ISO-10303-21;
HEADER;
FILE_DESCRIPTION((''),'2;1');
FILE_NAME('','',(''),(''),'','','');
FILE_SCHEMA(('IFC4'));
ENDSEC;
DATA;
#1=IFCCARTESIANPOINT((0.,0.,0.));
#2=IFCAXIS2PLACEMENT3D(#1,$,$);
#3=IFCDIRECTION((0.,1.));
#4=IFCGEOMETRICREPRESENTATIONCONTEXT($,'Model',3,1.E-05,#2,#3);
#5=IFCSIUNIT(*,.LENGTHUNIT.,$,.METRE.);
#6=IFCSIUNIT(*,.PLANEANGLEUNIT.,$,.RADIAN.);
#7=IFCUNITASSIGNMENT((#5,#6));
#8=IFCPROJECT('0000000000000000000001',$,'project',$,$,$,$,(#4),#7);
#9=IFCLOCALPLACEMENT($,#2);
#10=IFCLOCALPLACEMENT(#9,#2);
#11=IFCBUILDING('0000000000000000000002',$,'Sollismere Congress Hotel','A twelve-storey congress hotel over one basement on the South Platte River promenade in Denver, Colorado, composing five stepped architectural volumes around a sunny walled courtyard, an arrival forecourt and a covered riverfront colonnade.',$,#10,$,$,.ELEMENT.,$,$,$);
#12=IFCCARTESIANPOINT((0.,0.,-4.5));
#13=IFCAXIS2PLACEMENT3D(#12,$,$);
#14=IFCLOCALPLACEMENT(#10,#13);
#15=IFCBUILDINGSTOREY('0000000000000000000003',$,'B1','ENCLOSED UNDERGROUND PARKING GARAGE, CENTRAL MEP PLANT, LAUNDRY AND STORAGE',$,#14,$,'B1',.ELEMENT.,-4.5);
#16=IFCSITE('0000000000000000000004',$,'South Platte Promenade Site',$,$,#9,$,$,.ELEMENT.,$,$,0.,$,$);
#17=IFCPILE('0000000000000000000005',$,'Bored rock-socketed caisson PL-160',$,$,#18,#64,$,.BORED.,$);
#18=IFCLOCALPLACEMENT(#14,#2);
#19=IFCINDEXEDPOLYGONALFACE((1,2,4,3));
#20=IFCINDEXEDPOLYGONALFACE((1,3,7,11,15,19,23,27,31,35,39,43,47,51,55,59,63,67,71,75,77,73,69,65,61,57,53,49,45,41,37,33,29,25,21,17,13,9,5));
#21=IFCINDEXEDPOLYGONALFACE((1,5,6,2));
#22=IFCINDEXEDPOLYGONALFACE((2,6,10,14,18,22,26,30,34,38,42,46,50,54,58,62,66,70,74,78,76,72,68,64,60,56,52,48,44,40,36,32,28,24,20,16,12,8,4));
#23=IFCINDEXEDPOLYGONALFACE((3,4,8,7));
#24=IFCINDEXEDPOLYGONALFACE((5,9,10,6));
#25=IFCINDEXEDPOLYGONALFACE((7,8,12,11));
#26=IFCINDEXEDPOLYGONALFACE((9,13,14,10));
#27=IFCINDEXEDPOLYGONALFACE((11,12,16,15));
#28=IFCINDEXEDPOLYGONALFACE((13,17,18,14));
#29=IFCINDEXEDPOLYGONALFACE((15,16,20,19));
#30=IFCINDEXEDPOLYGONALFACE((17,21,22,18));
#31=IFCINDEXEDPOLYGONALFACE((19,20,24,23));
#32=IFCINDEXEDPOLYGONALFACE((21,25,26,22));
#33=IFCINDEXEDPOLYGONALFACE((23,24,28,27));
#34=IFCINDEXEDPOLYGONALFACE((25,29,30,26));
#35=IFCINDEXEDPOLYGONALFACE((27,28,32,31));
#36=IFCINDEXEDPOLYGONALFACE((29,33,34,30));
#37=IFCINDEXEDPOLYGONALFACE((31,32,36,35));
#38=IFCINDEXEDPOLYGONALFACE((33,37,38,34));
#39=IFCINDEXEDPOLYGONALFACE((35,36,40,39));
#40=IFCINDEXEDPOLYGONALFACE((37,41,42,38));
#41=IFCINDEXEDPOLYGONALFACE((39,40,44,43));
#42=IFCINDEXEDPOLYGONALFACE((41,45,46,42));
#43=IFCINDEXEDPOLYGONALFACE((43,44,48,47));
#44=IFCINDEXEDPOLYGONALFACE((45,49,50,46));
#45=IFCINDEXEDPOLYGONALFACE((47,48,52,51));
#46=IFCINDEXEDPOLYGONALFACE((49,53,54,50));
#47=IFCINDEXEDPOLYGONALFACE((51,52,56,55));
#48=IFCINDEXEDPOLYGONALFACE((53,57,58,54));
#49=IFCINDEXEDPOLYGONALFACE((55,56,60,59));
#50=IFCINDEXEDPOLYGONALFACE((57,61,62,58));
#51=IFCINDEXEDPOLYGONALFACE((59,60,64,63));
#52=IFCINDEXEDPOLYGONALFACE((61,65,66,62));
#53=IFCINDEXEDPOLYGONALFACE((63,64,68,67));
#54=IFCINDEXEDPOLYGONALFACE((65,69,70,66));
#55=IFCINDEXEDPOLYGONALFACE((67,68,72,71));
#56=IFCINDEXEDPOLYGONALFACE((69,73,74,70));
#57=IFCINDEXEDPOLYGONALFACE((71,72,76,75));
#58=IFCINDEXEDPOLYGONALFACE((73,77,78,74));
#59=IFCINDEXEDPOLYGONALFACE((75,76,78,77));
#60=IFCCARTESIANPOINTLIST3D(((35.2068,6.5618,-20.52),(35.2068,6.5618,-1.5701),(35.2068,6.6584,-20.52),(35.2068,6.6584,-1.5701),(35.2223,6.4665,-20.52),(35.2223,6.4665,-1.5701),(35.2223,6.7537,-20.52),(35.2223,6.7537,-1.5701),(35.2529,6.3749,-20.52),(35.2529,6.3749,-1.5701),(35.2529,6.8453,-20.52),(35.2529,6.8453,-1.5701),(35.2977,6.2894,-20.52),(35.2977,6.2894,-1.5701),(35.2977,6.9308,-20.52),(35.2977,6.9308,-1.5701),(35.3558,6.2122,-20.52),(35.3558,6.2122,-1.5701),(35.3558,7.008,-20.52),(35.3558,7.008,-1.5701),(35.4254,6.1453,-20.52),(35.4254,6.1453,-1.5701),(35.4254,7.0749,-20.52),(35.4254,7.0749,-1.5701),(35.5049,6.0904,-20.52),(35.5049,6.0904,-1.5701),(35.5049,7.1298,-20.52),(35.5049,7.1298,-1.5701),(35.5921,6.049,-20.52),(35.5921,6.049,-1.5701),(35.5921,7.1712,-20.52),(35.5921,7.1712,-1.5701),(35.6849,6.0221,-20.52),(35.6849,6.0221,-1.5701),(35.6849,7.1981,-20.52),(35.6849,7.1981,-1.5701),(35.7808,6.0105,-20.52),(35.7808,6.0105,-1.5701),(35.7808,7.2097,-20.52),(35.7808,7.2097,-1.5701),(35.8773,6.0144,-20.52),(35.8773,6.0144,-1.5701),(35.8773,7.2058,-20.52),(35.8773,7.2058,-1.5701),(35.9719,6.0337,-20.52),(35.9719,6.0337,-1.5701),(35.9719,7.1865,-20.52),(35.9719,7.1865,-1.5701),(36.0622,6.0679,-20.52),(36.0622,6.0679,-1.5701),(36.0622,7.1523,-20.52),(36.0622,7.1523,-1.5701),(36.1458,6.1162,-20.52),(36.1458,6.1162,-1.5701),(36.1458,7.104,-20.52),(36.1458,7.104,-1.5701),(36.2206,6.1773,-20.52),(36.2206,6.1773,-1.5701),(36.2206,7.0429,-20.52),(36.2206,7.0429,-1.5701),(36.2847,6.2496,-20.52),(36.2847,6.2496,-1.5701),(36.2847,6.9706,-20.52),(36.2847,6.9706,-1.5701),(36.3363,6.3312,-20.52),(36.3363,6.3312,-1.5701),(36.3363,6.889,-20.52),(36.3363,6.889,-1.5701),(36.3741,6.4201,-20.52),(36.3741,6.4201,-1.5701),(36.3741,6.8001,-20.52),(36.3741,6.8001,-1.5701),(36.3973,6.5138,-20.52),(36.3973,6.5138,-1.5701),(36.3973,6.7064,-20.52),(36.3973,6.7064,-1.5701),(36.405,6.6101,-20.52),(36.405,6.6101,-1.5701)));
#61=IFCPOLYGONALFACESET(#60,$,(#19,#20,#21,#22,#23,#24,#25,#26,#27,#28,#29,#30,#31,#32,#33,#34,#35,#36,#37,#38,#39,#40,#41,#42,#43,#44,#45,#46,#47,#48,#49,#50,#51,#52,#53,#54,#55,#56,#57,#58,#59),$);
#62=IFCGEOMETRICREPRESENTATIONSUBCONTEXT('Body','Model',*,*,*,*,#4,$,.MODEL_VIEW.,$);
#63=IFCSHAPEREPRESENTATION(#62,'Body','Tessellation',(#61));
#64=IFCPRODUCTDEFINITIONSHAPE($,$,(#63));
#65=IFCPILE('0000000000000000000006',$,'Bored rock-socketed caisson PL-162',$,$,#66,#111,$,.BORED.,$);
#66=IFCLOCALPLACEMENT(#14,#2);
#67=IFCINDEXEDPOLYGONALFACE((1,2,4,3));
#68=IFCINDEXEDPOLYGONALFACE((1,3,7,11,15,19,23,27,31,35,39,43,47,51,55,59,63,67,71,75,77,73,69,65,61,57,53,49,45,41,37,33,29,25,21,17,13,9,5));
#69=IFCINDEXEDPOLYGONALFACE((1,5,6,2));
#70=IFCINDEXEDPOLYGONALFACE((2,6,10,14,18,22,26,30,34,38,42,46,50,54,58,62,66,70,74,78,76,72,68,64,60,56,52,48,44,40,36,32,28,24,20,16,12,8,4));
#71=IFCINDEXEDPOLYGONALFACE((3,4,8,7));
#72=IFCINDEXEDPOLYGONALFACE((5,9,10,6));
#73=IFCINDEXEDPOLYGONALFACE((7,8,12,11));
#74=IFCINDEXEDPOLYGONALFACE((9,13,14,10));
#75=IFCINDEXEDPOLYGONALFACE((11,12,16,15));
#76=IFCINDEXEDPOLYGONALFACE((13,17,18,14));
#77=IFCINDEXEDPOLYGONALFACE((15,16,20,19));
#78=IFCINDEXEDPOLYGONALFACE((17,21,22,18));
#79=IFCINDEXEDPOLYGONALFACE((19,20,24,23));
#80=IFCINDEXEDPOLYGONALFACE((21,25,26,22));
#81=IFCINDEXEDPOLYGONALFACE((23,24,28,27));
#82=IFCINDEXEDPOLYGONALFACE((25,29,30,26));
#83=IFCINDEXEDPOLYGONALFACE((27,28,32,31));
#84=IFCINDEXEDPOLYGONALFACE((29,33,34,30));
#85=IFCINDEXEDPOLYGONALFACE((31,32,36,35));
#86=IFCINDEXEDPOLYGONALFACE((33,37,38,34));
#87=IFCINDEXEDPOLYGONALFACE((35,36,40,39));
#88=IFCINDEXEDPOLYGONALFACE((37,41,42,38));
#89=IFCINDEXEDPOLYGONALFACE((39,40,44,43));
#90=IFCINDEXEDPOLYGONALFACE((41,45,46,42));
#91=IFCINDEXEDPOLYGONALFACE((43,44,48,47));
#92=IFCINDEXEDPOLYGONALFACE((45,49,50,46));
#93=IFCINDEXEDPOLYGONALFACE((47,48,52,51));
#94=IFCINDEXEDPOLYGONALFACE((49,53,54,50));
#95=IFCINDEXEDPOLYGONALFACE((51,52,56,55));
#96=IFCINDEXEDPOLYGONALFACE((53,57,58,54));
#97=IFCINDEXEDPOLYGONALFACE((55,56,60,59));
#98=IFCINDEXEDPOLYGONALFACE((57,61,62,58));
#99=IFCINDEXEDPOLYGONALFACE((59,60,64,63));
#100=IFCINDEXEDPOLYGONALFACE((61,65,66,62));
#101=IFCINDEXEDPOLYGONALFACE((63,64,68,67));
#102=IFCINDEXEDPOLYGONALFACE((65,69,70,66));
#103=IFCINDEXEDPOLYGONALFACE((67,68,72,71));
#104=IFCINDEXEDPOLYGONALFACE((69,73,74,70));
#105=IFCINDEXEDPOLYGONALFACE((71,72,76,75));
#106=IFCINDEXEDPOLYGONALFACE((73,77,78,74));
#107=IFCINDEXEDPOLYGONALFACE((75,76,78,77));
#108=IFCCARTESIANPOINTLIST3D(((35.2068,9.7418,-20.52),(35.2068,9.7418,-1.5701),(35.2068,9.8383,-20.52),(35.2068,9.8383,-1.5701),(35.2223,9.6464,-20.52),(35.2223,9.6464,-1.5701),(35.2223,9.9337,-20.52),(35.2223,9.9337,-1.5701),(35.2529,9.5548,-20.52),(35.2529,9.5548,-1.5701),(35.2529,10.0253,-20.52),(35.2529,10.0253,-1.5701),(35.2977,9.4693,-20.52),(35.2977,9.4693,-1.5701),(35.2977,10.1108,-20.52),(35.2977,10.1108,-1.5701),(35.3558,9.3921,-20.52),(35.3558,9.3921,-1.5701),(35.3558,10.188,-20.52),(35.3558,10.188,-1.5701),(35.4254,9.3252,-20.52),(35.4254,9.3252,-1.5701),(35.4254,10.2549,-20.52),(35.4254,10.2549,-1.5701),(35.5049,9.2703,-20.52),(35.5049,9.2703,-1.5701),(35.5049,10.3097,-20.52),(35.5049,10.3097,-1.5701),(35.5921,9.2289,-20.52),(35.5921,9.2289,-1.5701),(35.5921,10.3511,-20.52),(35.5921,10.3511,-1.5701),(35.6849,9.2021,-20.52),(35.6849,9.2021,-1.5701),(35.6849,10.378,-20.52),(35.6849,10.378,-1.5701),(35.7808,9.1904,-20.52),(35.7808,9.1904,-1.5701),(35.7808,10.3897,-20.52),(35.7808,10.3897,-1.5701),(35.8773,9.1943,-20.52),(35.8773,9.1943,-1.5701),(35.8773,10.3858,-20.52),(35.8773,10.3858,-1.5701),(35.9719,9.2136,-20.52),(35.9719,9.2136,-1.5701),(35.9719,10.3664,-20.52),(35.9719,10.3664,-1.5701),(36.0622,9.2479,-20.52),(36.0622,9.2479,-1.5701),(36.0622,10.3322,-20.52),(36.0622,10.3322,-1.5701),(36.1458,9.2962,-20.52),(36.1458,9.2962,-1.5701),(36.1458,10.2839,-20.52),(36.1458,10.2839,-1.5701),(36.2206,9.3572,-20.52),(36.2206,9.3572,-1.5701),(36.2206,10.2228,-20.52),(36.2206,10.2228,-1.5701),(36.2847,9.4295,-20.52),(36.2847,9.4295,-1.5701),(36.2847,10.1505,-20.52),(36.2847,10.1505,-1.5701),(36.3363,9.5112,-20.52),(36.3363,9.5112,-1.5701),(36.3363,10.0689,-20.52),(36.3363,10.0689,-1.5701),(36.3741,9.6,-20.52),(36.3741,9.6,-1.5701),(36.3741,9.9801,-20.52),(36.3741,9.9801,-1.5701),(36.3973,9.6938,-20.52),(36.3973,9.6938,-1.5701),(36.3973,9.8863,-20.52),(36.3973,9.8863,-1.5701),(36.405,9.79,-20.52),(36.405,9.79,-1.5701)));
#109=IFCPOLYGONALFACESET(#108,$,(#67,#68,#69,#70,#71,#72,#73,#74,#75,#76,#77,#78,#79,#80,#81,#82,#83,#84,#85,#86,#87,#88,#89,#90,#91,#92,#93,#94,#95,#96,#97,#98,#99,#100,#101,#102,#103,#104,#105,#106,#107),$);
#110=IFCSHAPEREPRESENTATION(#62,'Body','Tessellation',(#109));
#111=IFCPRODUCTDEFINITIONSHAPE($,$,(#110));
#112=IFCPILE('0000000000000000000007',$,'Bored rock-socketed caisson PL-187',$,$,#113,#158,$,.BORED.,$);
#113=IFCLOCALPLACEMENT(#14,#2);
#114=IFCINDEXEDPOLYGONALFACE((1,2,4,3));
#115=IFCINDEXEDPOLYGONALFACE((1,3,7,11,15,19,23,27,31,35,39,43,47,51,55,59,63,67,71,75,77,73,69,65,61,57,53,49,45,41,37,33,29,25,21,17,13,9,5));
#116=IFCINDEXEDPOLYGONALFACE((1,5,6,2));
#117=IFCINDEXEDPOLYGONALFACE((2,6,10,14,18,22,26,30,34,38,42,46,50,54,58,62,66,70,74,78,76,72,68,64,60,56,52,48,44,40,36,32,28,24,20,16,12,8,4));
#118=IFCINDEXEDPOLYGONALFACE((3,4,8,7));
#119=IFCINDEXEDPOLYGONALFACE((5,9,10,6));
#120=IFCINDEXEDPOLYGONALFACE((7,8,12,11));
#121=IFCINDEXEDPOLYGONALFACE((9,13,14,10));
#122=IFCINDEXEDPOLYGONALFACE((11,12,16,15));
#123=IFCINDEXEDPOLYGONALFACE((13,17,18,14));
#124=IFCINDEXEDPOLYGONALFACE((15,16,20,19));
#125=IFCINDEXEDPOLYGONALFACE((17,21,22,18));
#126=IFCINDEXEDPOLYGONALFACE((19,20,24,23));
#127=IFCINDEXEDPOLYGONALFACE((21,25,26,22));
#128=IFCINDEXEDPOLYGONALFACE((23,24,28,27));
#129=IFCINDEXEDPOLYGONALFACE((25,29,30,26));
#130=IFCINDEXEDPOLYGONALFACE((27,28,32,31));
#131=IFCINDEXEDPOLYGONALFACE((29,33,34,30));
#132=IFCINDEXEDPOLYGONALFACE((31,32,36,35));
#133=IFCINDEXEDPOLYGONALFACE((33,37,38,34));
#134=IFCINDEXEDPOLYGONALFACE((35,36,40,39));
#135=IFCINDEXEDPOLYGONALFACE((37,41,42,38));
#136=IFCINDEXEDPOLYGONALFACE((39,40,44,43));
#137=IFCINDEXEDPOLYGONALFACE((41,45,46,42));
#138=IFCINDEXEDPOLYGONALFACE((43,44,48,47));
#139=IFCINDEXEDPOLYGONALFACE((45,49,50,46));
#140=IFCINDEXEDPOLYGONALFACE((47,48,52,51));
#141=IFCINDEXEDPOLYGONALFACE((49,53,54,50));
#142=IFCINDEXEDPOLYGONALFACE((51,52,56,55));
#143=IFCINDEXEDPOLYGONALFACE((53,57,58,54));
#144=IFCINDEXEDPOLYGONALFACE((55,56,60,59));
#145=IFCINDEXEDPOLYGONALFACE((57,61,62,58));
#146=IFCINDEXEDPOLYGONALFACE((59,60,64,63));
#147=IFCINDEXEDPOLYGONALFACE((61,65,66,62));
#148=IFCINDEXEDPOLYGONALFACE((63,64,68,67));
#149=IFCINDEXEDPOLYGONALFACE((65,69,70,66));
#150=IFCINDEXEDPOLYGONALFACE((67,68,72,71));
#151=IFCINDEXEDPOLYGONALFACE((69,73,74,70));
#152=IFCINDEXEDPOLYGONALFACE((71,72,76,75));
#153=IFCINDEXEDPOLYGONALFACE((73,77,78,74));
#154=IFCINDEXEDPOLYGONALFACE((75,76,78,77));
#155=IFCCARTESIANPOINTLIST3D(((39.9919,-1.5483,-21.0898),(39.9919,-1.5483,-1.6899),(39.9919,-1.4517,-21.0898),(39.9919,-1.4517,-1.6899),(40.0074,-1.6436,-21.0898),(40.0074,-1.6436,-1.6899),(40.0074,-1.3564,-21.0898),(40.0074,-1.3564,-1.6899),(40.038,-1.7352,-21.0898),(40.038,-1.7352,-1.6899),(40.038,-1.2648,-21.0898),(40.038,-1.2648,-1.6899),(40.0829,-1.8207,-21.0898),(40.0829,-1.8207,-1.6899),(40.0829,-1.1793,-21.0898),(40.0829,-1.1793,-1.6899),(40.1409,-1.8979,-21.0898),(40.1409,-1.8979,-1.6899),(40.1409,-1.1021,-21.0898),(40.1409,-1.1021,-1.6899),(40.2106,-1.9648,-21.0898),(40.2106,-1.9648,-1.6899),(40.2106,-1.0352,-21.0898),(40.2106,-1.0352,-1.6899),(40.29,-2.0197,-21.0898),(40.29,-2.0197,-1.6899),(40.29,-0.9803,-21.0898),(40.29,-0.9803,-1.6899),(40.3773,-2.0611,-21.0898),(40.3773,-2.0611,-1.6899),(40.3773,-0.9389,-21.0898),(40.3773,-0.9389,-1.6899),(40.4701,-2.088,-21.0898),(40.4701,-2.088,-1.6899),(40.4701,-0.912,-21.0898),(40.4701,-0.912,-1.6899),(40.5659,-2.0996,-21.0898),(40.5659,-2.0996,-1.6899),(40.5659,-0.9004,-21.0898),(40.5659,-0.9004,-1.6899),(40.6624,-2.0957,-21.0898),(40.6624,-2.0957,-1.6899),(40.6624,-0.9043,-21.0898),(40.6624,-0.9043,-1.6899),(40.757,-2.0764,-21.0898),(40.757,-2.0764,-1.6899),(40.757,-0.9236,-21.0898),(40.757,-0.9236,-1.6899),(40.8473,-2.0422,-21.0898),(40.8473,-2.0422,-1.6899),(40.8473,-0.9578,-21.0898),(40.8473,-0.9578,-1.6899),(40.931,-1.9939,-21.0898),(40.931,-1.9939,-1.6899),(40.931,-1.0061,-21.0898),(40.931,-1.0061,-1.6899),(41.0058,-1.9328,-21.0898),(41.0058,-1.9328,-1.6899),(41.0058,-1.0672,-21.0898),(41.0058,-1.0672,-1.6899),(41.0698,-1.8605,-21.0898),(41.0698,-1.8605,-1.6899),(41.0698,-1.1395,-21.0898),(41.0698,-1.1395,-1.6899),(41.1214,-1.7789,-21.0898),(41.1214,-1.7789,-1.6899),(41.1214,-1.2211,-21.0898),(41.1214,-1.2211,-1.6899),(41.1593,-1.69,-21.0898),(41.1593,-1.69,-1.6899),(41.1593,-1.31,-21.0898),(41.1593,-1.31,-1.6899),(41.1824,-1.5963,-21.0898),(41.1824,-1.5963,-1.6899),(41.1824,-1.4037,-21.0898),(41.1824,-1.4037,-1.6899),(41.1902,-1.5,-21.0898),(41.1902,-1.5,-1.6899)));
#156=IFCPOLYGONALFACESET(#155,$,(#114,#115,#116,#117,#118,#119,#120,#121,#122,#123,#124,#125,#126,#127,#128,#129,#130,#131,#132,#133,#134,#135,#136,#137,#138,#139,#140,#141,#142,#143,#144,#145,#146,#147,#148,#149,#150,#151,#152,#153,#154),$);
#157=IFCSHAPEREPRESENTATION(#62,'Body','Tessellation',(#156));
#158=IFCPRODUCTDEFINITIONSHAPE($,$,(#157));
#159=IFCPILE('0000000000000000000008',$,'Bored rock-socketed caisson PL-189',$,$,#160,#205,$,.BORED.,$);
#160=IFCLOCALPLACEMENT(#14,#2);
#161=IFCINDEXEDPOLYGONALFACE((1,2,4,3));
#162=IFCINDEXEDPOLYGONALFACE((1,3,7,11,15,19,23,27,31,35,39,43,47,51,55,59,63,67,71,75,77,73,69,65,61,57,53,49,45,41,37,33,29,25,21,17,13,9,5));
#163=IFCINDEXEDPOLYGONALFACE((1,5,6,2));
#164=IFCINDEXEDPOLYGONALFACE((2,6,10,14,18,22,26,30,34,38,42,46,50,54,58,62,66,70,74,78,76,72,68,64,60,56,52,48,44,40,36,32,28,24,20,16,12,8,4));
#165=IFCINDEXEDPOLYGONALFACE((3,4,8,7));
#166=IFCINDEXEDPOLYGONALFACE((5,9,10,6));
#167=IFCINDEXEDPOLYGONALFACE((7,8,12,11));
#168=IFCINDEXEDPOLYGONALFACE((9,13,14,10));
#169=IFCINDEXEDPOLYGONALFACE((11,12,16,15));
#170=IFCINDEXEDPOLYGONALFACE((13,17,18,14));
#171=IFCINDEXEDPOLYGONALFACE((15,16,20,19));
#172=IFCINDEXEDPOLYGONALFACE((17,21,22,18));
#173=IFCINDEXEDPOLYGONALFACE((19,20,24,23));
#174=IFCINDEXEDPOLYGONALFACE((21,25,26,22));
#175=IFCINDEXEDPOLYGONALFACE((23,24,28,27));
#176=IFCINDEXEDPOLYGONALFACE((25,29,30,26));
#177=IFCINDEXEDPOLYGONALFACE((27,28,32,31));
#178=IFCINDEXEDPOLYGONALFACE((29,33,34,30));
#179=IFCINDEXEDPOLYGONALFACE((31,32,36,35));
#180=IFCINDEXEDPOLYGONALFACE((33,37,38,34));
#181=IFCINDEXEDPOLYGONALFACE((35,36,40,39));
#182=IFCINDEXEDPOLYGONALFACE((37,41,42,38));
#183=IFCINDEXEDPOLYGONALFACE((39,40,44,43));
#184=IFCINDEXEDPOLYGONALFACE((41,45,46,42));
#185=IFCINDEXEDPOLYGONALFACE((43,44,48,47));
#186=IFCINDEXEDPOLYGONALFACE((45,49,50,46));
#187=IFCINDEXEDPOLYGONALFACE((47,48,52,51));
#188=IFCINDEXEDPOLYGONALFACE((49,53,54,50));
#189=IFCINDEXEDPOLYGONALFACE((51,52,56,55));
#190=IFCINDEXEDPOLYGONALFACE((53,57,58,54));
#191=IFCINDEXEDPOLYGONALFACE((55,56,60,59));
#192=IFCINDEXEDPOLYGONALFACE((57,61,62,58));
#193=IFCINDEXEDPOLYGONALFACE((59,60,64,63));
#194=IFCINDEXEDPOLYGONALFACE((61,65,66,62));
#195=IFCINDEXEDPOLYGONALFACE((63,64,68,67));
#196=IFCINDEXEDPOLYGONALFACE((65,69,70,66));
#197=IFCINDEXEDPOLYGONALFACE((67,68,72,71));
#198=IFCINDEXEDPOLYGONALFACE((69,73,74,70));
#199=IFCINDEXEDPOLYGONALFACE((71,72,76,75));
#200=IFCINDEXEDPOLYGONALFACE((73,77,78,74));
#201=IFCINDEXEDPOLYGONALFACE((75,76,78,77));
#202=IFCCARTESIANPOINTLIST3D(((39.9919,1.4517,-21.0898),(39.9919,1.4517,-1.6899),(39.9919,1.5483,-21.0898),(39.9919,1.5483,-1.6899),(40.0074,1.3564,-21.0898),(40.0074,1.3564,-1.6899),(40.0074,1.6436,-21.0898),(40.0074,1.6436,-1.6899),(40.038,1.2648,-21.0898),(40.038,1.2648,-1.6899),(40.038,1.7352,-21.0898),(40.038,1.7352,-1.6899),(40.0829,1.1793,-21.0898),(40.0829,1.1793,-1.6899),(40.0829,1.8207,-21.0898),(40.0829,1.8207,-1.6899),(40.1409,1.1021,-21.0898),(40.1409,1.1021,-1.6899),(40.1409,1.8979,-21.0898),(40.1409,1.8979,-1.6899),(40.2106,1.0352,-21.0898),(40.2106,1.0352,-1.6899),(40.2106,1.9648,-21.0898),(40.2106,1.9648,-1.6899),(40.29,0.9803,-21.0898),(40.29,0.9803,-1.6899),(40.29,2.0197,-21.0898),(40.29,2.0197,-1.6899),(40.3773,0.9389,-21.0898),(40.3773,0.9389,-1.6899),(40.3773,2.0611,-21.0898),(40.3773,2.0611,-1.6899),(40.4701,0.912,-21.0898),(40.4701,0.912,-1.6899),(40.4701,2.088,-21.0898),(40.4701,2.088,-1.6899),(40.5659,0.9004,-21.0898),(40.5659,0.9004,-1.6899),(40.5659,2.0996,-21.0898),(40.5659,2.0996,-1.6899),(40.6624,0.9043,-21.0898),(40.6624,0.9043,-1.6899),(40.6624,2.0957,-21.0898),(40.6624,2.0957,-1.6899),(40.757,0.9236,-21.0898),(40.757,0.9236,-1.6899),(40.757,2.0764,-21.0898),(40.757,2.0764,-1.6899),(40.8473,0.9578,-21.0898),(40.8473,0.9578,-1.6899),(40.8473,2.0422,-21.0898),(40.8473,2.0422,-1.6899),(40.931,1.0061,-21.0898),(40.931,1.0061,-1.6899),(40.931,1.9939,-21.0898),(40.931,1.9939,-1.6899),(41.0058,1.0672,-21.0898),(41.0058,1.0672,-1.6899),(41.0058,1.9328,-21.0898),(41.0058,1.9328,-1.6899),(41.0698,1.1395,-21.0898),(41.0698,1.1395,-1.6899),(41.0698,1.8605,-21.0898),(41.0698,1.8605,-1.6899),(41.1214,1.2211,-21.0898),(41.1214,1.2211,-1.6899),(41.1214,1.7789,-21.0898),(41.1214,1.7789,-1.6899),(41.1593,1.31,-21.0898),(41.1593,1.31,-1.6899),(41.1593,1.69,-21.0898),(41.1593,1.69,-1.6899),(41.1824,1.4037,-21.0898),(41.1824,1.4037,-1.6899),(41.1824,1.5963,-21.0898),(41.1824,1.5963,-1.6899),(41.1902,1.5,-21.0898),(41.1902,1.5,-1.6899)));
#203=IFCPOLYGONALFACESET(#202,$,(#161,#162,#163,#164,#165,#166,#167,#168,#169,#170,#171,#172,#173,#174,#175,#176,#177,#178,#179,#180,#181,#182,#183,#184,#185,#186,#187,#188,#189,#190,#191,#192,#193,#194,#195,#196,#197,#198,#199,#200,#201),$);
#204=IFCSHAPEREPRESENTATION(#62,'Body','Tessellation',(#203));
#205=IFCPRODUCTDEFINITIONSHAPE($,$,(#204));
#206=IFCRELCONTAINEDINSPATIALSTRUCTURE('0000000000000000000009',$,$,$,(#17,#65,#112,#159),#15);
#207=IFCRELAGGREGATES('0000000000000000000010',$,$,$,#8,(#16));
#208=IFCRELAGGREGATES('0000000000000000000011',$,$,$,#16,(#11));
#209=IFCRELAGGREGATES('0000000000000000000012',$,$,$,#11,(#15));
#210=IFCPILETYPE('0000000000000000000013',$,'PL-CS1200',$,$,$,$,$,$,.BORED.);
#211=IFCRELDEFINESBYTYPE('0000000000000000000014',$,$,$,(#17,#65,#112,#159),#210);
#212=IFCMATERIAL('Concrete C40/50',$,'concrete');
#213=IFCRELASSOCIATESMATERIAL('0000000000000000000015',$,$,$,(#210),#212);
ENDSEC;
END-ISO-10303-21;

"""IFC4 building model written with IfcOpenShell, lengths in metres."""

from ifc_helpers import new_model, si_unit, direction, frame, origin, origin_2d, place, context, subcontext, project, spatial, circle, extrude, material, material_profile, profile_set, type_object, element, save


model = new_model("IFC4")

# Units and contexts
model_context = context("Model", 3, precision=1e-05, world=origin(), true_north=direction((0.0, 1.0)))
body_context = subcontext(model_context, "Body", "Model", "MODEL_VIEW")
ifc_project = project(units=[si_unit("LENGTHUNIT", "METRE"), si_unit("PLANEANGLEUNIT", "RADIAN")], contexts=[model_context])

# Site, building, storey
site_placement = place(None, origin())
site = spatial("IfcSite", under=ifc_project, at=site_placement, Name="South Platte Promenade Site", CompositionType="ELEMENT", RefElevation=0.0)
building_placement = place(site_placement, origin())
building = spatial("IfcBuilding", under=site, at=building_placement, Name="Sollismere Congress Hotel", Description="A twelve-storey congress hotel over one basement on the South Platte River promenade in Denver, Colorado, composing five stepped architectural volumes around a sunny walled courtyard, an arrival forecourt and a covered riverfront colonnade.", CompositionType="ELEMENT")
storey_placement = place(building_placement, frame((0.0, 0.0, -4.5)))
storey = spatial("IfcBuildingStorey", under=building, at=storey_placement, Name="B1", Description="ENCLOSED UNDERGROUND PARKING GARAGE, CENTRAL MEP PLANT, LAUNDRY AND STORAGE", LongName="B1", CompositionType="ELEMENT", Elevation=-4.5)

# Shared definitions
ifc_material_1 = material(Name="Concrete C40/50", Category="concrete")

# Piles
ifc_material_profile_1 = material_profile(ifc_material_1, circle(Radius=0.6001, at=origin_2d()), Name="CAISSON1200")
ifc_profile_set_1 = profile_set([ifc_material_profile_1], Name="Concrete C40/50")
pile_type = type_object("IfcPileType", Name="PL-CS1200", PredefinedType="BORED", material=ifc_profile_set_1)
for number, where, z_axis, x_axis, name in (
    (1, (35.8049, 6.6101, -1.5701), (0.0, 0.0, -1.0), (1.0, 0.0, 0.0), "Bored rock-socketed caisson PL-160"),
    (2, (35.8049, 9.79, -1.5701), (0.0, 0.0, -1.0), (1.0, 0.0, 0.0), "Bored rock-socketed caisson PL-162"),
):
    element("IfcPile", number, at=place(storey_placement, frame(where, z_axis=z_axis, x_axis=x_axis)), inside=storey, type_object=pile_type, Name=name, PredefinedType="BORED", context=body_context, shape_type="SweptSolid", body=[
        extrude(circle(Radius=0.6001, at=origin_2d()), origin(), (0.0, 0.0, 1.0), 18.95),
    ])
for number, where, z_axis, x_axis, name in (
    (3, (40.5901, -1.5, -1.6899), (0.0, 0.0, -1.0), (1.0, 0.0, 0.0), "Bored rock-socketed caisson PL-187"),
    (4, (40.5901, 1.5, -1.6899), (0.0, 0.0, -1.0), (1.0, 0.0, 0.0), "Bored rock-socketed caisson PL-189"),
):
    element("IfcPile", number, at=place(storey_placement, frame(where, z_axis=z_axis, x_axis=x_axis)), inside=storey, type_object=pile_type, Name=name, PredefinedType="BORED", context=body_context, shape_type="SweptSolid", body=[
        extrude(circle(Radius=0.6001, at=origin_2d()), origin(), (0.0, 0.0, 1.0), 19.3999),
    ])

save(model, "model.ifc")
